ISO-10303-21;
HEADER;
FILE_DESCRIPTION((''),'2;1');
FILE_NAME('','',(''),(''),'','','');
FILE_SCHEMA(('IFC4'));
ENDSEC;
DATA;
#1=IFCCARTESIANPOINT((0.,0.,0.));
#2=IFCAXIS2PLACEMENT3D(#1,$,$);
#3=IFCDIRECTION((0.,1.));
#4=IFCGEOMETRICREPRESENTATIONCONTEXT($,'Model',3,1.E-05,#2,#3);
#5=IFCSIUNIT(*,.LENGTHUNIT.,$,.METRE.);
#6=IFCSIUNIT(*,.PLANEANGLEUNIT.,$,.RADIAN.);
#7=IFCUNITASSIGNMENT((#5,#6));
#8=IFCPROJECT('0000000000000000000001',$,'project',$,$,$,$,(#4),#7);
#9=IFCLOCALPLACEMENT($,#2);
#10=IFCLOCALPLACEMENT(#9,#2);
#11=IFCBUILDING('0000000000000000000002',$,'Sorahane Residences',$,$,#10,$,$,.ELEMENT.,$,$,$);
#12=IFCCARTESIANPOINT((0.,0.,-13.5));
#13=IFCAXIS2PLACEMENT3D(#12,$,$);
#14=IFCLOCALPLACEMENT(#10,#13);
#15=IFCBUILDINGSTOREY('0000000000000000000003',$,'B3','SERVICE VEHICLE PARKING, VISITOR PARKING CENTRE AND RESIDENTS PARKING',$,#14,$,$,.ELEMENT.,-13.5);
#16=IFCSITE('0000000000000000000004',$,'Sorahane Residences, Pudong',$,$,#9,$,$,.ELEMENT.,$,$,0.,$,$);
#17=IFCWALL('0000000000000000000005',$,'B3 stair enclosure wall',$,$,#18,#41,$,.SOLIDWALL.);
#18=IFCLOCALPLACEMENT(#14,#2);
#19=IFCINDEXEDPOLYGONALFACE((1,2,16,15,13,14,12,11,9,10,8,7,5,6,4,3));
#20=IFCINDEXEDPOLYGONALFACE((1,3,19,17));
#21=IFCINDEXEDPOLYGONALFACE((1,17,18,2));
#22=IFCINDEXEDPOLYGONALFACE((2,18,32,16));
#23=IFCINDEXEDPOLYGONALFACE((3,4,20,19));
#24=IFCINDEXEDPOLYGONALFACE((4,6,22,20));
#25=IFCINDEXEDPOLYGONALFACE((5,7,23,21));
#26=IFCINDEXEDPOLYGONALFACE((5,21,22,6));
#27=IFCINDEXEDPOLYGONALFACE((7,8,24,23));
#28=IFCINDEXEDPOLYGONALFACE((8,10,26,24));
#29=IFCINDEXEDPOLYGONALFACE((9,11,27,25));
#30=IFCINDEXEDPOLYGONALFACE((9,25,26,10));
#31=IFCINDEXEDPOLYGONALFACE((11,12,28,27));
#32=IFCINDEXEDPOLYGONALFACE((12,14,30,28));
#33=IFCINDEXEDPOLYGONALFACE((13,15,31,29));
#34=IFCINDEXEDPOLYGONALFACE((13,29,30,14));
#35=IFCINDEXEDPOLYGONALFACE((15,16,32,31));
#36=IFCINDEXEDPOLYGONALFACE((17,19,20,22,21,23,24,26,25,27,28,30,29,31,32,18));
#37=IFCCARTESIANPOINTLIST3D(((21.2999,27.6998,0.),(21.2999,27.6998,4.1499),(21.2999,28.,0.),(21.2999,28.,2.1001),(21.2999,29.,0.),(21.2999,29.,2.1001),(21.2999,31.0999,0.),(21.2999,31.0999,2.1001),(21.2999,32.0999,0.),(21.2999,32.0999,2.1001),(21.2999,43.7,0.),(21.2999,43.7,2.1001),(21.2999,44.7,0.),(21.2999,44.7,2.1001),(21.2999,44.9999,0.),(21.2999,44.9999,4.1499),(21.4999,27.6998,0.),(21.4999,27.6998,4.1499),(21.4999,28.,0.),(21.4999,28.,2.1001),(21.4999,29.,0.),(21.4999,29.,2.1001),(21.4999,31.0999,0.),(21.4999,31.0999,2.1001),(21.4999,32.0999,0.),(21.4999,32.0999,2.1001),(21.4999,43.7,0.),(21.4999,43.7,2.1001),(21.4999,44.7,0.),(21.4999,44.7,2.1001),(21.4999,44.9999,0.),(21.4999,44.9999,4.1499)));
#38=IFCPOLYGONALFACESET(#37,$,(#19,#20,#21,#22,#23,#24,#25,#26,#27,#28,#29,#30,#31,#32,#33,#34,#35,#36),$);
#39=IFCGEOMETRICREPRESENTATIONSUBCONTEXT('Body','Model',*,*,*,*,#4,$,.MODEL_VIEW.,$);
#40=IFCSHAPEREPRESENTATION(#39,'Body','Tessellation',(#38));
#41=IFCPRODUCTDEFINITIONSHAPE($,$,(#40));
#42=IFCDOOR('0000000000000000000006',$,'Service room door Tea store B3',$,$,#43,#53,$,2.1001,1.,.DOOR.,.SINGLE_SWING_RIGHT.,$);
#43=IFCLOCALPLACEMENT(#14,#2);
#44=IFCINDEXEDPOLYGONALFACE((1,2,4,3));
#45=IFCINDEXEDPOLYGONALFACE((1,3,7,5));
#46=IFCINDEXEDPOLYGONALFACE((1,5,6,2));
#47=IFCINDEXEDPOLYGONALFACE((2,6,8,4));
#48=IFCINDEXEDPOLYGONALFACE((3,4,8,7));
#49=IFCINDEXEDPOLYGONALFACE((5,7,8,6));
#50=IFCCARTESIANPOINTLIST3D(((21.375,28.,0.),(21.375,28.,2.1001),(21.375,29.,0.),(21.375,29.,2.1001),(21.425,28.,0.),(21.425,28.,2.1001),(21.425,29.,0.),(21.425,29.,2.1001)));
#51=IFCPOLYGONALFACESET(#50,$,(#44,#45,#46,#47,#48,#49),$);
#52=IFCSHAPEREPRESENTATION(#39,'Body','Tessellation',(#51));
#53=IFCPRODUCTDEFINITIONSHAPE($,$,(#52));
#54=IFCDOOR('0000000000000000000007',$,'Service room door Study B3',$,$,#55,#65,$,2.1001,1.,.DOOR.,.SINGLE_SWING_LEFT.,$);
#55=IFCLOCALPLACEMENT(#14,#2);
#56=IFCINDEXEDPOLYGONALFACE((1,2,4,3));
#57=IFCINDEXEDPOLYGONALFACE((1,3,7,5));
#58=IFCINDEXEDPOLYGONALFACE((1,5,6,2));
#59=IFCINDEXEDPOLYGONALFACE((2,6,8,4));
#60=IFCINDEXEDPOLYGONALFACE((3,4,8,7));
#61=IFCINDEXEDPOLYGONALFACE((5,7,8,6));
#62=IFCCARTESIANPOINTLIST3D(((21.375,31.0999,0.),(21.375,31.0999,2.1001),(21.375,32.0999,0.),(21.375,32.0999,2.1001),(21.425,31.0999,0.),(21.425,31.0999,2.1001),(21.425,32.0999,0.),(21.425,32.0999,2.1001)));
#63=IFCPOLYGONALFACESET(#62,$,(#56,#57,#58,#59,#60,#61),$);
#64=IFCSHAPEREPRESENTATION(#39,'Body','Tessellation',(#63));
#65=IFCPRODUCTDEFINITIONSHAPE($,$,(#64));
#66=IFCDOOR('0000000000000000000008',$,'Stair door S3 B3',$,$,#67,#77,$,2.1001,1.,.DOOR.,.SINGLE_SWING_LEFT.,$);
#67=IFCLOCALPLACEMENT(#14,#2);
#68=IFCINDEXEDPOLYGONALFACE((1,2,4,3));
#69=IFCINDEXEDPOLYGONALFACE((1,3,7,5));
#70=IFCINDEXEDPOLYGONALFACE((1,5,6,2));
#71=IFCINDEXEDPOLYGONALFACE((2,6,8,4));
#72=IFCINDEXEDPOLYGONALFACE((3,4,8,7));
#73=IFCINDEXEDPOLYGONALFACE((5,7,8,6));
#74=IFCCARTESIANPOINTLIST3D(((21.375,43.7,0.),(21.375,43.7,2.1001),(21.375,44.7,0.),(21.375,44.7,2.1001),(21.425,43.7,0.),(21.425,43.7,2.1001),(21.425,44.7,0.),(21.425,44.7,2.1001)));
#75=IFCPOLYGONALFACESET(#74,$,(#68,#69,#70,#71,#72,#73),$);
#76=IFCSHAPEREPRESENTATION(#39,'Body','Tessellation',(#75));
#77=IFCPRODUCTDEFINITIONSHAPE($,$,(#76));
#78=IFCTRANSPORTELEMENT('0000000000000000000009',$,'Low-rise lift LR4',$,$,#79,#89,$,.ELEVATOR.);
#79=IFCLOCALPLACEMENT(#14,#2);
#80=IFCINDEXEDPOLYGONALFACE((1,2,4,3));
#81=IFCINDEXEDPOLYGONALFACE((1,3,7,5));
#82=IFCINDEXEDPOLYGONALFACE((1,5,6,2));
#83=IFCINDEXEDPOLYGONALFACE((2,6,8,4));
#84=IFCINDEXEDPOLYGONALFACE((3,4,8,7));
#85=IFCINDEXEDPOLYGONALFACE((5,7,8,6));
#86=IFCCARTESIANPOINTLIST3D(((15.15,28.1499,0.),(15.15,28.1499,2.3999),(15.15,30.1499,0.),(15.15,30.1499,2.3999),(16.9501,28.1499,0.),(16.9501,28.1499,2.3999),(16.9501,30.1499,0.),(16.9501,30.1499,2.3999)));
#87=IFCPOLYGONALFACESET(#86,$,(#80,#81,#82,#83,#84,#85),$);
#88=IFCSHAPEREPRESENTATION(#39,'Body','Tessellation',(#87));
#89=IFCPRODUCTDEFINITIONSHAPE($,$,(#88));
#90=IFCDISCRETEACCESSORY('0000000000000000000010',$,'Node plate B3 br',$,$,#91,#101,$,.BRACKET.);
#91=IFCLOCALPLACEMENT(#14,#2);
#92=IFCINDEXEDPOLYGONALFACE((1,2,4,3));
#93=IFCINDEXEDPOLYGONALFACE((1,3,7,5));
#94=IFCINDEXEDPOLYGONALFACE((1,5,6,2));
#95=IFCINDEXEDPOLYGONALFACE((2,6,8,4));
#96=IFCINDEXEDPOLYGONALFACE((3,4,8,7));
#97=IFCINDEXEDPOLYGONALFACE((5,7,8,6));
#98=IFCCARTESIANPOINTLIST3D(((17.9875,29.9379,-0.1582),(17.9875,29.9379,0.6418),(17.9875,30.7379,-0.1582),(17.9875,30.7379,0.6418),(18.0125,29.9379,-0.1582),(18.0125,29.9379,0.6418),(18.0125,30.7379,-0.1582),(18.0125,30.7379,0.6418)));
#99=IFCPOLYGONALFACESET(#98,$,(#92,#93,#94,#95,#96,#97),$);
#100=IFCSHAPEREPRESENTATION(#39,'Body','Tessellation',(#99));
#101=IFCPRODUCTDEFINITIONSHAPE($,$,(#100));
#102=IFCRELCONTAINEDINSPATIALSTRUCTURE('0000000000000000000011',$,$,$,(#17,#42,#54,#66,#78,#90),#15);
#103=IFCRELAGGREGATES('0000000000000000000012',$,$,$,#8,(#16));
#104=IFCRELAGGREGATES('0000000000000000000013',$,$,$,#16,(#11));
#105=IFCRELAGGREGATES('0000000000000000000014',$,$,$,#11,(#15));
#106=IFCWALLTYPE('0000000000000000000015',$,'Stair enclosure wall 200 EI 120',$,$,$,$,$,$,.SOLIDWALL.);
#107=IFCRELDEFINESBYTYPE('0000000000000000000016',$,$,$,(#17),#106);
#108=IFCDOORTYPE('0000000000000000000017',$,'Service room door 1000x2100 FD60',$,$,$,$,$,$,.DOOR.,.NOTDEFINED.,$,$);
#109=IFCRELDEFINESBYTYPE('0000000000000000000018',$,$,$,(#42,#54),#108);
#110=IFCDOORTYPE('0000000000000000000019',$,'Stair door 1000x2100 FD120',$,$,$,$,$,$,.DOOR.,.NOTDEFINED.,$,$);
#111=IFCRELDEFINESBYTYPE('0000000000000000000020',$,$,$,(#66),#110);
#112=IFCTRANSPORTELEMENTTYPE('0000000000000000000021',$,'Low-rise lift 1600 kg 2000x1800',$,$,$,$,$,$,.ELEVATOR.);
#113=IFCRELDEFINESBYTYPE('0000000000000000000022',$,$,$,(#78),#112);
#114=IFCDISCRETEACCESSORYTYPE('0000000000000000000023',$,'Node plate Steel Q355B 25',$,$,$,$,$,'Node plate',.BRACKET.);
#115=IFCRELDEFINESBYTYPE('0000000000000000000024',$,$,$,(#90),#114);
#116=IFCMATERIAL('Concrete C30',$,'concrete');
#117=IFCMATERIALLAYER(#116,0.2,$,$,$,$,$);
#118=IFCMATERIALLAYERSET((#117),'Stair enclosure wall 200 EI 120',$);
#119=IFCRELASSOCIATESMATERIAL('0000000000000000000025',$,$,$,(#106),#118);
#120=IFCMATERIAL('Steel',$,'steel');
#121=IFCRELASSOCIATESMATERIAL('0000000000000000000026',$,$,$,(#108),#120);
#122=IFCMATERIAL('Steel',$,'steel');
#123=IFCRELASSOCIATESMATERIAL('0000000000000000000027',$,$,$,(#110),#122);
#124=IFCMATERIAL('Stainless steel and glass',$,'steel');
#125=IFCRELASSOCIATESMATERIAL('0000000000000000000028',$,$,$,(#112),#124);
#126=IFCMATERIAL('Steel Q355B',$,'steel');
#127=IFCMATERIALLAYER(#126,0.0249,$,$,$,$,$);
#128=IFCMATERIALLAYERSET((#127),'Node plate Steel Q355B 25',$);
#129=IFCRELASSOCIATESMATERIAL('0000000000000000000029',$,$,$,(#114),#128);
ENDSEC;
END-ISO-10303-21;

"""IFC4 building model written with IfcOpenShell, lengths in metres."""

from ifc_helpers import new_model, si_unit, direction, frame, frame_2d, origin, origin_2d, place, context, subcontext, project, spatial, rectangle, extrude, material, layer, layer_set, type_object, element, fill, save


model = new_model("IFC4")

# Units and contexts
model_context = context("Model", 3, precision=1e-05, world=origin(), true_north=direction((0.0, 1.0)))
body_context = subcontext(model_context, "Body", "Model", "MODEL_VIEW")
ifc_project = project(units=[si_unit("LENGTHUNIT", "METRE"), si_unit("PLANEANGLEUNIT", "RADIAN")], contexts=[model_context])

# Site, building, storey
site_placement = place(None, origin())
site = spatial("IfcSite", under=ifc_project, at=site_placement, Name="Sorahane Residences, Pudong", CompositionType="ELEMENT", RefElevation=0.0)
building_placement = place(site_placement, origin())
building = spatial("IfcBuilding", under=site, at=building_placement, Name="Sorahane Residences", CompositionType="ELEMENT")
storey_placement = place(building_placement, frame((0.0, 0.0, -13.5)))
storey = spatial("IfcBuildingStorey", under=building, at=storey_placement, Name="B3", Description="SERVICE VEHICLE PARKING, VISITOR PARKING CENTRE AND RESIDENTS PARKING", CompositionType="ELEMENT", Elevation=-13.5)

# Wall, openings, doors
ifc_material_1 = material(Name="Concrete C30", Category="concrete")
ifc_layer_1 = layer(ifc_material_1, 0.2)
ifc_layer_set_1 = layer_set([ifc_layer_1], Name="Stair enclosure wall 200 EI 120")
wall_type_1 = type_object("IfcWallType", Name="Stair enclosure wall 200 EI 120", PredefinedType="SOLIDWALL", material=ifc_layer_set_1)
wall_1_placement = place(storey_placement, frame((21.3999, 27.7, 0.0), z_axis=(0.0, 0.0, 1.0), x_axis=(0.0, 1.0, 0.0)))
wall_1 = element("IfcWall", 1, at=wall_1_placement, inside=storey, type_object=wall_type_1, Name="B3 stair enclosure wall", PredefinedType="SOLIDWALL", context=body_context, shape_type="SweptSolid", body=[
    extrude(rectangle(XDim=17.3, YDim=0.2, at=frame_2d((8.6499, 0.0))), origin(), (0.0, 0.0, 1.0), 4.1499),
])
opening_1_placement = place(wall_1_placement, frame((0.3, 0.0, 0.0)))
opening_1 = element("IfcOpeningElement", 2, at=opening_1_placement, cuts=wall_1, PredefinedType="OPENING", context=body_context, shape_type="SweptSolid", body=[
    extrude(rectangle(XDim=1.0, YDim=2.1001, at=frame_2d((0.5, 1.05))), frame((0.0, 0.1099, 0.0), z_axis=(0.0, -1.0, 0.0), x_axis=(1.0, 0.0, 0.0)), (0.0, 0.0, 1.0), 0.22),
])
opening_2_placement = place(wall_1_placement, frame((3.3999, 0.0, 0.0)))
opening_2 = element("IfcOpeningElement", 3, at=opening_2_placement, cuts=wall_1, PredefinedType="OPENING", context=body_context, shape_type="SweptSolid", body=[
    extrude(rectangle(XDim=1.0, YDim=2.1001, at=frame_2d((0.5, 1.05))), frame((0.0, 0.1099, 0.0), z_axis=(0.0, -1.0, 0.0), x_axis=(1.0, 0.0, 0.0)), (0.0, 0.0, 1.0), 0.22),
])
opening_3_placement = place(wall_1_placement, frame((16.0, 0.0, 0.0)))
opening_3 = element("IfcOpeningElement", 4, at=opening_3_placement, cuts=wall_1, PredefinedType="OPENING", context=body_context, shape_type="SweptSolid", body=[
    extrude(rectangle(XDim=1.0, YDim=2.1001, at=frame_2d((0.5, 1.05))), frame((0.0, 0.1099, 0.0), z_axis=(0.0, -1.0, 0.0), x_axis=(1.0, 0.0, 0.0)), (0.0, 0.0, 1.0), 0.22),
])
ifc_material_2 = material(Name="Steel", Category="steel")
door_type_1 = type_object("IfcDoorType", Name="Service room door 1000x2100 FD60", OperationType="NOTDEFINED", PredefinedType="DOOR", material=ifc_material_2)
door_1_placement = place(opening_1_placement, origin())
door_1 = element("IfcDoor", 5, at=door_1_placement, inside=storey, type_object=door_type_1, Name="Service room door Tea store B3", OperationType="SINGLE_SWING_RIGHT", OverallHeight=2.1001, OverallWidth=1.0, PredefinedType="DOOR", context=body_context, shape_type="SweptSolid", body=[
    extrude(rectangle(XDim=1.0, YDim=2.1001, at=frame_2d((0.5, 1.05))), frame((0.0, 0.0249, 0.0), z_axis=(0.0, -1.0, 0.0), x_axis=(1.0, 0.0, 0.0)), (0.0, 0.0, 1.0), 0.05),
])
fill(opening_1, door_1)
door_2_placement = place(opening_2_placement, origin())
door_2 = element("IfcDoor", 6, at=door_2_placement, inside=storey, type_object=door_type_1, Name="Service room door Study B3", OperationType="SINGLE_SWING_LEFT", OverallHeight=2.1001, OverallWidth=1.0, PredefinedType="DOOR", context=body_context, shape_type="SweptSolid", body=[
    extrude(rectangle(XDim=1.0, YDim=2.1001, at=frame_2d((0.5, 1.05))), frame((0.0, 0.0249, 0.0), z_axis=(0.0, -1.0, 0.0), x_axis=(1.0, 0.0, 0.0)), (0.0, 0.0, 1.0), 0.05),
])
fill(opening_2, door_2)
ifc_material_3 = material(Name="Steel", Category="steel")
door_type_2 = type_object("IfcDoorType", Name="Stair door 1000x2100 FD120", OperationType="NOTDEFINED", PredefinedType="DOOR", material=ifc_material_3)
door_3_placement = place(opening_3_placement, origin())
door_3 = element("IfcDoor", 7, at=door_3_placement, inside=storey, type_object=door_type_2, Name="Stair door S3 B3", OperationType="SINGLE_SWING_LEFT", OverallHeight=2.1001, OverallWidth=1.0, PredefinedType="DOOR", context=body_context, shape_type="SweptSolid", body=[
    extrude(rectangle(XDim=1.0, YDim=2.1001, at=frame_2d((0.5, 1.05))), frame((0.0, 0.0249, 0.0), z_axis=(0.0, -1.0, 0.0), x_axis=(1.0, 0.0, 0.0)), (0.0, 0.0, 1.0), 0.05),
])
fill(opening_3, door_3)

# Transport element
ifc_material_4 = material(Name="Stainless steel and glass", Category="steel")
transport_element_type = type_object("IfcTransportElementType", Name="Low-rise lift 1600 kg 2000x1800", PredefinedType="ELEVATOR", material=ifc_material_4)
transport_element_placement = place(storey_placement, frame((16.05, 29.1499, 0.0), z_axis=(0.0, 0.0, 1.0), x_axis=(1.0, 0.0, 0.0)))
element("IfcTransportElement", 8, at=transport_element_placement, inside=storey, type_object=transport_element_type, Name="Low-rise lift LR4", PredefinedType="ELEVATOR", context=body_context, shape_type="SweptSolid", body=[
    extrude(rectangle(XDim=1.8, YDim=2.0, at=origin_2d()), origin(), (0.0, 0.0, 1.0), 2.3999),
])

# Discrete accessory
ifc_material_5 = material(Name="Steel Q355B", Category="steel")
ifc_layer_2 = layer(ifc_material_5, 0.0249)
ifc_layer_set_2 = layer_set([ifc_layer_2], Name="Node plate Steel Q355B 25")
discrete_accessory_type = type_object("IfcDiscreteAccessoryType", Name="Node plate Steel Q355B 25", ElementType="Node plate", PredefinedType="BRACKET", material=ifc_layer_set_2)
discrete_accessory_placement = place(storey_placement, frame((18.0, 30.3379, -0.1582), z_axis=(0.0, 0.0, 1.0), x_axis=(0.0, 1.0, 0.0)))
element("IfcDiscreteAccessory", 9, at=discrete_accessory_placement, inside=storey, type_object=discrete_accessory_type, Name="Node plate B3 br", PredefinedType="BRACKET", context=body_context, shape_type="SweptSolid", body=[
    extrude(rectangle(XDim=0.8, YDim=0.0249, at=origin_2d()), origin(), (0.0, 0.0, 1.0), 0.8),
])

save(model, "model.ifc")
